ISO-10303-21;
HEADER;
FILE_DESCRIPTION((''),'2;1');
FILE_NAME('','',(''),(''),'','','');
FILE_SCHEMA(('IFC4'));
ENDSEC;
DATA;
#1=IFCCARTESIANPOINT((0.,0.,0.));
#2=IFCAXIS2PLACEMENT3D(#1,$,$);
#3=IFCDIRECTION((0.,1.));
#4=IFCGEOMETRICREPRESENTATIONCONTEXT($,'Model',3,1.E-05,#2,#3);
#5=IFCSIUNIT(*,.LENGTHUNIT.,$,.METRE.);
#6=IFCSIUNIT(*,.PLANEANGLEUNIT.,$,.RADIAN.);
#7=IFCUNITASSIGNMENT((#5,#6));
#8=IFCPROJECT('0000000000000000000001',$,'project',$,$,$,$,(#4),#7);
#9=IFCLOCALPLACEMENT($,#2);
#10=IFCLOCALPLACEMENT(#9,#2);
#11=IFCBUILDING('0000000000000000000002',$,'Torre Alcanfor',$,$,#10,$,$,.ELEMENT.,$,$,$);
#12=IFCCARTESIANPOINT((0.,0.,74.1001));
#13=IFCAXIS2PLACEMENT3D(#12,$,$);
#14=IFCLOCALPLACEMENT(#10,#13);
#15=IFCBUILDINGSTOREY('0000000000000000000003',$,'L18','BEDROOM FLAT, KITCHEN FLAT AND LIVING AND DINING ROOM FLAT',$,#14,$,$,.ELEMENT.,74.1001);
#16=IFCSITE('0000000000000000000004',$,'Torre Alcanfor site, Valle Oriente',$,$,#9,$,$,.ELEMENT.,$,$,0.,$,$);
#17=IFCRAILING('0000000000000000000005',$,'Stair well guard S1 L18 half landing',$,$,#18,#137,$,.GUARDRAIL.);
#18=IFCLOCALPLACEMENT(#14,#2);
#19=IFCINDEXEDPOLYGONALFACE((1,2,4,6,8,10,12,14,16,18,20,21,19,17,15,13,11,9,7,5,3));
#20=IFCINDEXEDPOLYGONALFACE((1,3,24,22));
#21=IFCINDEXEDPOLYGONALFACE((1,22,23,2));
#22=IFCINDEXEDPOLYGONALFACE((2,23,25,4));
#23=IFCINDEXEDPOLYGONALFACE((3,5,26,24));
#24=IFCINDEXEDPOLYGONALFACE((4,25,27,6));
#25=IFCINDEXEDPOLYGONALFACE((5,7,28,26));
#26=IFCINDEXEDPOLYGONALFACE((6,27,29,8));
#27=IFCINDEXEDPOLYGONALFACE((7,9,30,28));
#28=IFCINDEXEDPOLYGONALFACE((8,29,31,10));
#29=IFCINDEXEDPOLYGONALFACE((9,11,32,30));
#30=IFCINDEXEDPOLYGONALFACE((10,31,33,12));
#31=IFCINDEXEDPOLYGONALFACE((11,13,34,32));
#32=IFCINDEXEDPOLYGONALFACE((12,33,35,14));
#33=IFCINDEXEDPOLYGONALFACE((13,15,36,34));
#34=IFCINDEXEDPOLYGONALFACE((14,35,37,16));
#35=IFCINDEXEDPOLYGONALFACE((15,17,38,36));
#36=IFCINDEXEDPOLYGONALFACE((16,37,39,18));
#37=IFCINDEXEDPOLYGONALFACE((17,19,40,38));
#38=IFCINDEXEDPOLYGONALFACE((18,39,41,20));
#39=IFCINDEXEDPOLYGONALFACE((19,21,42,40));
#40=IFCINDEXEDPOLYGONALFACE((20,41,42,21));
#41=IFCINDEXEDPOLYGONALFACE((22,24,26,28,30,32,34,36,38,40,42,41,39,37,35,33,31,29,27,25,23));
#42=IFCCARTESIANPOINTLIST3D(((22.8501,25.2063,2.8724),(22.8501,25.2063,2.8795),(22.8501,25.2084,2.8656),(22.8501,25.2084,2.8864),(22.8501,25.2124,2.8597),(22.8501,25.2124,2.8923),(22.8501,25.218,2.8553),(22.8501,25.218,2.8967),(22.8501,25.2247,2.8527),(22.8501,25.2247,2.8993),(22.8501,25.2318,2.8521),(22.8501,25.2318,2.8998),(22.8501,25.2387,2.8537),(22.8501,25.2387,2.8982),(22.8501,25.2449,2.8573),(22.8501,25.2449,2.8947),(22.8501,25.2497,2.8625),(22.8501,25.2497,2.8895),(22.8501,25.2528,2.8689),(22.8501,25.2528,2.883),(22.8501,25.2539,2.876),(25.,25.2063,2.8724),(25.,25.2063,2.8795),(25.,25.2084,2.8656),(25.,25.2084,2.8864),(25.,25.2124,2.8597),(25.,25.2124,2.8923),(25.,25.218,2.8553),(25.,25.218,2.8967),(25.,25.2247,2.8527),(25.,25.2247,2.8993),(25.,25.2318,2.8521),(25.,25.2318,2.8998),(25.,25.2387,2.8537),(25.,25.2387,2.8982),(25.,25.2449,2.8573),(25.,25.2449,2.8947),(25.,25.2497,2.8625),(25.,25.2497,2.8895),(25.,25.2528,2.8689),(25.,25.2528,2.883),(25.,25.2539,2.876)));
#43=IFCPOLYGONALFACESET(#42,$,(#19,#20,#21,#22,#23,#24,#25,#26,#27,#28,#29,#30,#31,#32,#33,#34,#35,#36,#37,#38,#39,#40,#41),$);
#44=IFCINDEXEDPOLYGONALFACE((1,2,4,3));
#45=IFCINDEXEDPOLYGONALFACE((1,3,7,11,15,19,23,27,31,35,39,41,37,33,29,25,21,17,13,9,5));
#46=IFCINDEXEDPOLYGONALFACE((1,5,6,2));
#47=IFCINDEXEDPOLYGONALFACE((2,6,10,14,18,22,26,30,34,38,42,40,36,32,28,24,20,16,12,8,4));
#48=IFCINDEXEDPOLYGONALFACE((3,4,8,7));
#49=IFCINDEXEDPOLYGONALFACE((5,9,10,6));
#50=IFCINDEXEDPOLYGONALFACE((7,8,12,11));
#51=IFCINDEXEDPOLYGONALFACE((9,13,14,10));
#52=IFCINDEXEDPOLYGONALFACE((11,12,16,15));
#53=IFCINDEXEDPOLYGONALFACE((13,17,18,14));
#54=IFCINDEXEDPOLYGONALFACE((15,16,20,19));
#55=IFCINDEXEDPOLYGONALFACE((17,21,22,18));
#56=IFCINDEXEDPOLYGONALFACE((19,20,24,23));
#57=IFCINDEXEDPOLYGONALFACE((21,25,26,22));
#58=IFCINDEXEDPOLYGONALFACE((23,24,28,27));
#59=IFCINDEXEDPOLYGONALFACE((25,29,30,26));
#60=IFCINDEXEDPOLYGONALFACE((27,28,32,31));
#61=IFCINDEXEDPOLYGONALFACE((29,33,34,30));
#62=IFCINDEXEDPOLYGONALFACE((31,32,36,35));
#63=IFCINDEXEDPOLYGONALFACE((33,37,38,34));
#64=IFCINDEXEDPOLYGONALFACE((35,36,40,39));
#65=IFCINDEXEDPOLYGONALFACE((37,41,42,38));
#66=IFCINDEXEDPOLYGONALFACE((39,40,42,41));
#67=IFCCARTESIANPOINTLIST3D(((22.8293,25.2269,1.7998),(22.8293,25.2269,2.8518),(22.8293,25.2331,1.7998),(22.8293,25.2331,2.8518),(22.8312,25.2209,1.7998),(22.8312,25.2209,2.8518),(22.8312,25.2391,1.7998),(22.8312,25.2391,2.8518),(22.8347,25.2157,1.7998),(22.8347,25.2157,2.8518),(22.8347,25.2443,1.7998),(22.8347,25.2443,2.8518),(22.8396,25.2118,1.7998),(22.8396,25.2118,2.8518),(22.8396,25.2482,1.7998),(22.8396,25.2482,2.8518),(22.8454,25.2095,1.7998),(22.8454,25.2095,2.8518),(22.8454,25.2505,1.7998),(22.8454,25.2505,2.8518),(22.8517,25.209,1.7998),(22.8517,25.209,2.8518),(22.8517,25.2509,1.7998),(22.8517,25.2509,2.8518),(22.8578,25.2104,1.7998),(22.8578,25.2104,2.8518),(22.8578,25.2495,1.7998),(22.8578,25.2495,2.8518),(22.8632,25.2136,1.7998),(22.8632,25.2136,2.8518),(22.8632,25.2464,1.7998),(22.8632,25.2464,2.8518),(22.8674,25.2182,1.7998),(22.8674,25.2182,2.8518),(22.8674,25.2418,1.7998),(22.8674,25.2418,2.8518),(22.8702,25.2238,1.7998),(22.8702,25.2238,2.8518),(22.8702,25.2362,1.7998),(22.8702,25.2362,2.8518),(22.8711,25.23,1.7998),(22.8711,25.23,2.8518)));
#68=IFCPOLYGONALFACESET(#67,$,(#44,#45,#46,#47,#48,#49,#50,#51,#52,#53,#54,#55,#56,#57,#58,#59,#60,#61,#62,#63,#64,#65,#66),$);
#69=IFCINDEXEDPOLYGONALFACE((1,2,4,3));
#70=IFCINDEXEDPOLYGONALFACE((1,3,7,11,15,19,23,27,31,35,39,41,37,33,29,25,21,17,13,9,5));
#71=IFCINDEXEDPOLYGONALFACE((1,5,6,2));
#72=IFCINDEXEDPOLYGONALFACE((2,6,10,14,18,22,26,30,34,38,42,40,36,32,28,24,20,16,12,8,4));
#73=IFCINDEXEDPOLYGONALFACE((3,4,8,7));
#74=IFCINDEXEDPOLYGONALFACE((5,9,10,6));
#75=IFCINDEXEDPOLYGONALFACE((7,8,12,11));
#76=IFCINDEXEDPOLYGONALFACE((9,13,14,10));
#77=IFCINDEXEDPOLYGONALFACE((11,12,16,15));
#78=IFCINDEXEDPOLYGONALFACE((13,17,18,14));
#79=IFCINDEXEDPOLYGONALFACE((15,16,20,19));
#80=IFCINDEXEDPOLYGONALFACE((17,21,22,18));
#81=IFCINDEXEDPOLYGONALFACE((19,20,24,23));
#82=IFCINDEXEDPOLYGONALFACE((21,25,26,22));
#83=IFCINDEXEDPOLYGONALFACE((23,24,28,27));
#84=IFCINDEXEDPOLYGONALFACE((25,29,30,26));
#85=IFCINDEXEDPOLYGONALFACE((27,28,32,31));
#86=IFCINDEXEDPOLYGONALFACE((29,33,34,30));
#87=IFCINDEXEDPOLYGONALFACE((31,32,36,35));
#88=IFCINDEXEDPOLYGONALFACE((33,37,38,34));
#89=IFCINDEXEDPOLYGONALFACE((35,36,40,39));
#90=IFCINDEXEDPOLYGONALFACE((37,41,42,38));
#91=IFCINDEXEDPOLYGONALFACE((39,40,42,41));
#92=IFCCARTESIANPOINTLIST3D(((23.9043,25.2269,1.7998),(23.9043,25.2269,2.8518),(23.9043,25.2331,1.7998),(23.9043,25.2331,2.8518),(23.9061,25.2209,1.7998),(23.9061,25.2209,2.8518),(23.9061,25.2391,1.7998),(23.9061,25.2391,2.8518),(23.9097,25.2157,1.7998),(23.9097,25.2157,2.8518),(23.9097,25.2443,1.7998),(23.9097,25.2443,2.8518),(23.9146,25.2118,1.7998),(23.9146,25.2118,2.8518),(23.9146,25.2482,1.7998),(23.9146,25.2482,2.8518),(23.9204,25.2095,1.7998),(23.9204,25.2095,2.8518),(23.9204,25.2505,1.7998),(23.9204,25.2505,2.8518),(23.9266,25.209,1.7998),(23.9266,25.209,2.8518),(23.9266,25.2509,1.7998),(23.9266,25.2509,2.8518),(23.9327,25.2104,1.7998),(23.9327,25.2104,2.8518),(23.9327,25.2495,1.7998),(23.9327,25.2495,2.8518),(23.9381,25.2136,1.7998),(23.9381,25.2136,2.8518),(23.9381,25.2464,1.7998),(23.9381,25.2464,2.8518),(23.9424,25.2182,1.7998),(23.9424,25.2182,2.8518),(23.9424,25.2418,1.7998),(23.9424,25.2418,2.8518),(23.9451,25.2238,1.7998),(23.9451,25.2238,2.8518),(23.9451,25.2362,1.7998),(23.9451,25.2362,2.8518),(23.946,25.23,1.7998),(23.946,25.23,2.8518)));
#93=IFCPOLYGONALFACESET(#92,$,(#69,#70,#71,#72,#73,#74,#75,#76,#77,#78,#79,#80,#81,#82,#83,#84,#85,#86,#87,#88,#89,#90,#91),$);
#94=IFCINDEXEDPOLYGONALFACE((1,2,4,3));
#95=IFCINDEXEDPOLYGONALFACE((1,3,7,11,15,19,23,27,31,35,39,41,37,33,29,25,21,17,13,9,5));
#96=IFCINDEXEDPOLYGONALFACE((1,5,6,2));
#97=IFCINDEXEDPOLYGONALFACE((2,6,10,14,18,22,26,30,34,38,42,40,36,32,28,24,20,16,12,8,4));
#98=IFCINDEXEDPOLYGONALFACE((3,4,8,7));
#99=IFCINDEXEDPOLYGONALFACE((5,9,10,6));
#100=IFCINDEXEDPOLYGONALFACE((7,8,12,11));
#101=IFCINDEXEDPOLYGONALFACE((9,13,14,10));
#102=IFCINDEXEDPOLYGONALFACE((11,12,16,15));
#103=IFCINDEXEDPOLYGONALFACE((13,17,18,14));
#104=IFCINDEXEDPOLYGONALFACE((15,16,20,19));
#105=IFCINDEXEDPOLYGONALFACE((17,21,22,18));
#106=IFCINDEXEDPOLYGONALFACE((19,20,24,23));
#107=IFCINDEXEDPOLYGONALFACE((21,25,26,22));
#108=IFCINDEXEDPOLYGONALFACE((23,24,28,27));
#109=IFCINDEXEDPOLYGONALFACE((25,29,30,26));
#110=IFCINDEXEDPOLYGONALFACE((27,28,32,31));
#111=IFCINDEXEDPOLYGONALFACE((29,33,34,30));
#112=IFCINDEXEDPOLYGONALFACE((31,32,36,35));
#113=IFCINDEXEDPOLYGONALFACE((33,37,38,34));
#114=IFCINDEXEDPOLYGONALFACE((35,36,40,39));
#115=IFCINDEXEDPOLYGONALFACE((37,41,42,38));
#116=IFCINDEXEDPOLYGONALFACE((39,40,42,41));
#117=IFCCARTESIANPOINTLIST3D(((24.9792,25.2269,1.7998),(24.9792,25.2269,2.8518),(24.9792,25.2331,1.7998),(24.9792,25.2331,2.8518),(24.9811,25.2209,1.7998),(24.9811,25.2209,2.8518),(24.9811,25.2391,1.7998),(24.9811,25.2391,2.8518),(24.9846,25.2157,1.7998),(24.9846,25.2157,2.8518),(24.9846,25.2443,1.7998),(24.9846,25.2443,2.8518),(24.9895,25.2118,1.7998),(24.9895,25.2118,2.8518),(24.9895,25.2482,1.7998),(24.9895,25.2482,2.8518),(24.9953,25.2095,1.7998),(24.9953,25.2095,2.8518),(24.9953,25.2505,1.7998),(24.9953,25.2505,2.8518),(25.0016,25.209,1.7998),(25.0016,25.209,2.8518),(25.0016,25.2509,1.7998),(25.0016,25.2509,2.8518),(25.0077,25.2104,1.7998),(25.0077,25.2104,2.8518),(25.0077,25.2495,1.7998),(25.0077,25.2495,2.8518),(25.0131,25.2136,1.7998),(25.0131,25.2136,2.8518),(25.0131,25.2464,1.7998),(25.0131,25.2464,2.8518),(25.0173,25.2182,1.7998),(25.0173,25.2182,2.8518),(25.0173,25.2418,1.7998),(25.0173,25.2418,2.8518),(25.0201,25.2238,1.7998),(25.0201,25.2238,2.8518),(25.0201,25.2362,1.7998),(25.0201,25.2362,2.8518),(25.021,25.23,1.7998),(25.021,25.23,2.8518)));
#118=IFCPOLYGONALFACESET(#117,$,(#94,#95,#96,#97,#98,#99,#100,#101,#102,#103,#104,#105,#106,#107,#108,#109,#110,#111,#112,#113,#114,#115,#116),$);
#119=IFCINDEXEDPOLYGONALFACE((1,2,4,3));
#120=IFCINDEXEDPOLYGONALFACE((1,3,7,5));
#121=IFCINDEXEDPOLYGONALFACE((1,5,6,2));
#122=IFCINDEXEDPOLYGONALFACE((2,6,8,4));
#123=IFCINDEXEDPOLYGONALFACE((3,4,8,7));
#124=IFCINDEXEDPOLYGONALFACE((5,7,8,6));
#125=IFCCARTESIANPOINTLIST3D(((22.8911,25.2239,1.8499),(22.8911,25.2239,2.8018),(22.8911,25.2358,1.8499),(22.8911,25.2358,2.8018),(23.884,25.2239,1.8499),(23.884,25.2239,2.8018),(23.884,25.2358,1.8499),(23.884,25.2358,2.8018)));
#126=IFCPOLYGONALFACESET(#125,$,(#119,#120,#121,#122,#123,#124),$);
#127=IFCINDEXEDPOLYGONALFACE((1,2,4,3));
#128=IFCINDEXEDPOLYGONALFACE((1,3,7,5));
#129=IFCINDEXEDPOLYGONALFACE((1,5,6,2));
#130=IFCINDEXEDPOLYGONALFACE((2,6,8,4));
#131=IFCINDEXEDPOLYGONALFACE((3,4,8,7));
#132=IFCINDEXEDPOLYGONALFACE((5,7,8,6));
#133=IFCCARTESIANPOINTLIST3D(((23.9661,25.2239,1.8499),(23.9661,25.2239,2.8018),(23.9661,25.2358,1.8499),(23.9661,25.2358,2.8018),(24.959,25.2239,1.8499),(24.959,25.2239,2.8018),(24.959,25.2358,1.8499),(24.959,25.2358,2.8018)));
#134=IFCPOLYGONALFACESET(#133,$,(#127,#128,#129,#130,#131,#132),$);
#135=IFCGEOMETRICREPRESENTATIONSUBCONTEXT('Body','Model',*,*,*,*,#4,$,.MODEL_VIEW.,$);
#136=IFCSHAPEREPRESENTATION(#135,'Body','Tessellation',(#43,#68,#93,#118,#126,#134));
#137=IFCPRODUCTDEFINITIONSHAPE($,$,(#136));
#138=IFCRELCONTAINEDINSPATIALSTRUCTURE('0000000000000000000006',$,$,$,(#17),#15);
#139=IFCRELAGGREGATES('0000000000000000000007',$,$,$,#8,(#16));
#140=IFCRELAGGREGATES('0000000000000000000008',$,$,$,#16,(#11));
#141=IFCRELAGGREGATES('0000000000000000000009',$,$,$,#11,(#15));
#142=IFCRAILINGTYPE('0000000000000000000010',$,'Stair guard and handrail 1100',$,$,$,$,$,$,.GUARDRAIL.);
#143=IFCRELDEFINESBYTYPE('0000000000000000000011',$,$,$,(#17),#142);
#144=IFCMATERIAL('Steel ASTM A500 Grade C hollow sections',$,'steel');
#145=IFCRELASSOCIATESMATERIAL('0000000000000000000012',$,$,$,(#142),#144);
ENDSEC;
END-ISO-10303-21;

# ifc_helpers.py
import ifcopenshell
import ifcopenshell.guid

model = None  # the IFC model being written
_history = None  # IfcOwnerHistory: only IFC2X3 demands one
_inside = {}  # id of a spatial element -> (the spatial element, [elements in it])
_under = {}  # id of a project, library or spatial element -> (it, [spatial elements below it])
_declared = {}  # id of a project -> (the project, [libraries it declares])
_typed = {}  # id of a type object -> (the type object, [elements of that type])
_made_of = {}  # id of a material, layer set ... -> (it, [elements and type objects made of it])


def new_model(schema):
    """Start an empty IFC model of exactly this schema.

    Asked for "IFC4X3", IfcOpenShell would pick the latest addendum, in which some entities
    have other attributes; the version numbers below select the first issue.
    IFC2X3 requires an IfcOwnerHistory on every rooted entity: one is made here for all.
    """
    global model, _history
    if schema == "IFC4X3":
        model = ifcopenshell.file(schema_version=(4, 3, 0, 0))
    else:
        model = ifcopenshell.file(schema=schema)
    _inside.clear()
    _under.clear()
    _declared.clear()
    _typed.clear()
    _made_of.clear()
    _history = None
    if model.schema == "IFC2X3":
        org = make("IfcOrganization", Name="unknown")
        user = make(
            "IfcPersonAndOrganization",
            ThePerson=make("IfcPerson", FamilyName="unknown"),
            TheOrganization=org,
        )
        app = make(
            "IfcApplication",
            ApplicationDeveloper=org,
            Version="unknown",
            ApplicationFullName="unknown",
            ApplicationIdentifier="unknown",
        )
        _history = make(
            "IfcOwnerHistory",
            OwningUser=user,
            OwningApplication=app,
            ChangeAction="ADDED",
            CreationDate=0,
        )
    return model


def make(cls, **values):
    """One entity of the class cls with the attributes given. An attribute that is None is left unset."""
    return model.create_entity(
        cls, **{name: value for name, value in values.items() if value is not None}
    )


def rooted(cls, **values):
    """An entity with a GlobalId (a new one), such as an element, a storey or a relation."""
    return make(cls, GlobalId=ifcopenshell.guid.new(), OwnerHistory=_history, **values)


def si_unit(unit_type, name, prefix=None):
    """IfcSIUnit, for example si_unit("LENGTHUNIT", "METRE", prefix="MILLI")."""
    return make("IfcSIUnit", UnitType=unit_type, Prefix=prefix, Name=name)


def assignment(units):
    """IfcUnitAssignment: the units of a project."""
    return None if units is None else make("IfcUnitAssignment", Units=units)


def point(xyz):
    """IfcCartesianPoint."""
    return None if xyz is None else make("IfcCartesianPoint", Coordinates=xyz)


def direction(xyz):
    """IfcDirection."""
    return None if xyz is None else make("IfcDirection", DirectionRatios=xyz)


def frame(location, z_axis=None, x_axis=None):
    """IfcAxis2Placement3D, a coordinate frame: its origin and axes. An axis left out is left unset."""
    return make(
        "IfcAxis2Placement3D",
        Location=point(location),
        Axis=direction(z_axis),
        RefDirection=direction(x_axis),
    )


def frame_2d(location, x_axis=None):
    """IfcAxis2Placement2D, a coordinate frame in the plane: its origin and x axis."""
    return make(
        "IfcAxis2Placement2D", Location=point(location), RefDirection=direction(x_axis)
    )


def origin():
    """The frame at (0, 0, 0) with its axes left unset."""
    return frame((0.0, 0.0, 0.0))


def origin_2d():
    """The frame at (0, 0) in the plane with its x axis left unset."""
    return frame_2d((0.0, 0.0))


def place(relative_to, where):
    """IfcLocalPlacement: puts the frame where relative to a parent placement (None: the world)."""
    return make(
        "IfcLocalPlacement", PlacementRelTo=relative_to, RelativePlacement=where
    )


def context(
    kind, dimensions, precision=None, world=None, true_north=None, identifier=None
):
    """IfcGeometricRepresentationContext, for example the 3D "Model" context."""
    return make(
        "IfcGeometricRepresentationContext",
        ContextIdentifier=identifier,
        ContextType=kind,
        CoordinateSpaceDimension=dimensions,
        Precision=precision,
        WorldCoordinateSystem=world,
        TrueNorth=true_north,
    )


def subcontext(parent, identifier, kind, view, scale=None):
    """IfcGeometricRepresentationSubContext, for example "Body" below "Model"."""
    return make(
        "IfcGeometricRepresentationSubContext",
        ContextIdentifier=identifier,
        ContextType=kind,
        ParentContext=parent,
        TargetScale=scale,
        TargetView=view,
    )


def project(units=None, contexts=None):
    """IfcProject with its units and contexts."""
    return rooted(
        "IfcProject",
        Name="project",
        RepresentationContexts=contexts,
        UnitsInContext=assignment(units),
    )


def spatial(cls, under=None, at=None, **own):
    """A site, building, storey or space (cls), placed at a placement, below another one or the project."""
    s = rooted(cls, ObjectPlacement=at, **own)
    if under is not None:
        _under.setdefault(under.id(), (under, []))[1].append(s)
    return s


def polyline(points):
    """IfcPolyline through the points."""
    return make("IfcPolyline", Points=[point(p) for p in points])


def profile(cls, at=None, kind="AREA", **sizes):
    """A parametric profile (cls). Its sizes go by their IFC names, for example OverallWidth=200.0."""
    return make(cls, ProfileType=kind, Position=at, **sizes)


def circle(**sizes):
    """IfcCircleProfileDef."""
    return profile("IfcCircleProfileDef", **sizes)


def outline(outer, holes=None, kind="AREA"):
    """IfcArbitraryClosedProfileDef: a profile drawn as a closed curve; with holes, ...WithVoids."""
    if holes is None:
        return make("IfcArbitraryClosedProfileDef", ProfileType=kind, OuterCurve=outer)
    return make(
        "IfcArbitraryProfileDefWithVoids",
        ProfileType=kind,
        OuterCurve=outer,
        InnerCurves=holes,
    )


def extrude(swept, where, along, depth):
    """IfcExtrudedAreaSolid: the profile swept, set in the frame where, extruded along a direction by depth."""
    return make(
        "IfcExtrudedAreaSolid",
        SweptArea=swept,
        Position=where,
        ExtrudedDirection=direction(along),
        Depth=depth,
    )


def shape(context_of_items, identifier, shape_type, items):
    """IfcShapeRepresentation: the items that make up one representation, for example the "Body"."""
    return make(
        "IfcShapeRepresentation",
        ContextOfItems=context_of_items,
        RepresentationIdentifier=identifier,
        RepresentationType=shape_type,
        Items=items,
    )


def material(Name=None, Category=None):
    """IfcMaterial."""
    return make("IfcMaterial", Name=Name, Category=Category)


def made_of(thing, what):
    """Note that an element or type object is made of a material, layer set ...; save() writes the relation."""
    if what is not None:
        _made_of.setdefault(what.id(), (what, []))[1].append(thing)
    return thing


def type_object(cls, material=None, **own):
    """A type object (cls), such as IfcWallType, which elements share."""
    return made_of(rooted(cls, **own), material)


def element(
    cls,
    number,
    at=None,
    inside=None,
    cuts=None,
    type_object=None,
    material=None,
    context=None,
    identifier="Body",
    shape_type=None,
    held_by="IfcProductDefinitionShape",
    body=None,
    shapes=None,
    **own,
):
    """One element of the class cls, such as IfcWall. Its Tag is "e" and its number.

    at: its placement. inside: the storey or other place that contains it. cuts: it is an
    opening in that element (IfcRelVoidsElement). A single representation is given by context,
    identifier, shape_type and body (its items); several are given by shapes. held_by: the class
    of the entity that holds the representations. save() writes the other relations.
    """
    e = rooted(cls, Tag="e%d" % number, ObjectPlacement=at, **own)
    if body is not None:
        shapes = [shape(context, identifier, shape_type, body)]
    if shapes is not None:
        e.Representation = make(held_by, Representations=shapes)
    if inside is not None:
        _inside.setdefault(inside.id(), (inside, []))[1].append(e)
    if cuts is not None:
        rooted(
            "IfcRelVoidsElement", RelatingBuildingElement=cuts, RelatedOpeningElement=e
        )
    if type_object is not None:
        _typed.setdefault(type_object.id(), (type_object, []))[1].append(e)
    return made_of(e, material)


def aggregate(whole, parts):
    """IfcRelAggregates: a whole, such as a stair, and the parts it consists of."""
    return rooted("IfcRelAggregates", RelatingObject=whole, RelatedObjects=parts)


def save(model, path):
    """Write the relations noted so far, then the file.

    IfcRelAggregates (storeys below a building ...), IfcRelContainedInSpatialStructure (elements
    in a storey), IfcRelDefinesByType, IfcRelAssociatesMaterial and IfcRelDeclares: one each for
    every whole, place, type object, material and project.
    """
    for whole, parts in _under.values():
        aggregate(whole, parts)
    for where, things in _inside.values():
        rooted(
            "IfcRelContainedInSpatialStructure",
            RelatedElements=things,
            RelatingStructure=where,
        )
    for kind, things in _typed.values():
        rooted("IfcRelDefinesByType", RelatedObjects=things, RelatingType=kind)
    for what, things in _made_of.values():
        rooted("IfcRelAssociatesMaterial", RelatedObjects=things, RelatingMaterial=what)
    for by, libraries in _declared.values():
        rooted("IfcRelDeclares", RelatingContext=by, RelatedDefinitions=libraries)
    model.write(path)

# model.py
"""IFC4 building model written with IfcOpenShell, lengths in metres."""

from ifc_helpers import new_model, si_unit, direction, frame, origin, origin_2d, place, context, subcontext, project, spatial, polyline, circle, outline, extrude, material, type_object, element, save


model = new_model("IFC4")

# Units and contexts
model_context = context("Model", 3, precision=1e-05, world=origin(), true_north=direction((0.0, 1.0)))
body_context = subcontext(model_context, "Body", "Model", "MODEL_VIEW")
ifc_project = project(units=[si_unit("LENGTHUNIT", "METRE"), si_unit("PLANEANGLEUNIT", "RADIAN")], contexts=[model_context])

# Site, building, storey
site_placement = place(None, origin())
site = spatial("IfcSite", under=ifc_project, at=site_placement, Name="Torre Alcanfor site, Valle Oriente", CompositionType="ELEMENT", RefElevation=0.0)
building_placement = place(site_placement, origin())
building = spatial("IfcBuilding", under=site, at=building_placement, Name="Torre Alcanfor", CompositionType="ELEMENT")
storey_placement = place(building_placement, frame((0.0, 0.0, 74.1001)))
storey = spatial("IfcBuildingStorey", under=building, at=storey_placement, Name="L18", Description="BEDROOM FLAT, KITCHEN FLAT AND LIVING AND DINING ROOM FLAT", CompositionType="ELEMENT", Elevation=74.1001)

# Railing
ifc_material_1 = material(Name="Steel ASTM A500 Grade C hollow sections", Category="steel")
railing_type_1 = type_object("IfcRailingType", Name="Stair guard and handrail 1100", PredefinedType="GUARDRAIL", material=ifc_material_1)
railing_1_placement = place(storey_placement, frame((22.8501, 25.23, 1.7998)))
element("IfcRailing", 1, at=railing_1_placement, inside=storey, type_object=railing_type_1, Name="Stair well guard S1 L18 half landing", PredefinedType="GUARDRAIL", context=body_context, shape_type="SweptSolid", body=[
    extrude(circle(Radius=0.0239, at=origin_2d()), frame((0.0, 0.0, 1.0762), z_axis=(1.0, 0.0, 0.0), x_axis=(0.0, 1.0, 0.0)), (0.0, 0.0, 1.0), 2.1499),
    extrude(circle(Radius=0.021, at=origin_2d()), origin(), (0.0, 0.0, 1.0), 1.052),
    extrude(circle(Radius=0.021, at=origin_2d()), frame((1.075, 0.0, 0.0)), (0.0, 0.0, 1.0), 1.052),
    extrude(circle(Radius=0.021, at=origin_2d()), frame((2.1499, 0.0, 0.0)), (0.0, 0.0, 1.0), 1.052),
    extrude(outline(polyline([(0.041, 0.05), (1.0339, 0.05), (1.0339, 1.002), (0.041, 1.002), (0.041, 0.05)])), frame((0.0, 0.0059, 0.0), z_axis=(0.0, -1.0, 0.0), x_axis=(1.0, 0.0, 0.0)), (0.0, 0.0, 1.0), 0.012),
    extrude(outline(polyline([(1.116, 0.05), (2.1089, 0.05), (2.1089, 1.002), (1.116, 1.002), (1.116, 0.05)])), frame((0.0, 0.0059, 0.0), z_axis=(0.0, -1.0, 0.0), x_axis=(1.0, 0.0, 0.0)), (0.0, 0.0, 1.0), 0.012),
])

save(model, "model.ifc")
